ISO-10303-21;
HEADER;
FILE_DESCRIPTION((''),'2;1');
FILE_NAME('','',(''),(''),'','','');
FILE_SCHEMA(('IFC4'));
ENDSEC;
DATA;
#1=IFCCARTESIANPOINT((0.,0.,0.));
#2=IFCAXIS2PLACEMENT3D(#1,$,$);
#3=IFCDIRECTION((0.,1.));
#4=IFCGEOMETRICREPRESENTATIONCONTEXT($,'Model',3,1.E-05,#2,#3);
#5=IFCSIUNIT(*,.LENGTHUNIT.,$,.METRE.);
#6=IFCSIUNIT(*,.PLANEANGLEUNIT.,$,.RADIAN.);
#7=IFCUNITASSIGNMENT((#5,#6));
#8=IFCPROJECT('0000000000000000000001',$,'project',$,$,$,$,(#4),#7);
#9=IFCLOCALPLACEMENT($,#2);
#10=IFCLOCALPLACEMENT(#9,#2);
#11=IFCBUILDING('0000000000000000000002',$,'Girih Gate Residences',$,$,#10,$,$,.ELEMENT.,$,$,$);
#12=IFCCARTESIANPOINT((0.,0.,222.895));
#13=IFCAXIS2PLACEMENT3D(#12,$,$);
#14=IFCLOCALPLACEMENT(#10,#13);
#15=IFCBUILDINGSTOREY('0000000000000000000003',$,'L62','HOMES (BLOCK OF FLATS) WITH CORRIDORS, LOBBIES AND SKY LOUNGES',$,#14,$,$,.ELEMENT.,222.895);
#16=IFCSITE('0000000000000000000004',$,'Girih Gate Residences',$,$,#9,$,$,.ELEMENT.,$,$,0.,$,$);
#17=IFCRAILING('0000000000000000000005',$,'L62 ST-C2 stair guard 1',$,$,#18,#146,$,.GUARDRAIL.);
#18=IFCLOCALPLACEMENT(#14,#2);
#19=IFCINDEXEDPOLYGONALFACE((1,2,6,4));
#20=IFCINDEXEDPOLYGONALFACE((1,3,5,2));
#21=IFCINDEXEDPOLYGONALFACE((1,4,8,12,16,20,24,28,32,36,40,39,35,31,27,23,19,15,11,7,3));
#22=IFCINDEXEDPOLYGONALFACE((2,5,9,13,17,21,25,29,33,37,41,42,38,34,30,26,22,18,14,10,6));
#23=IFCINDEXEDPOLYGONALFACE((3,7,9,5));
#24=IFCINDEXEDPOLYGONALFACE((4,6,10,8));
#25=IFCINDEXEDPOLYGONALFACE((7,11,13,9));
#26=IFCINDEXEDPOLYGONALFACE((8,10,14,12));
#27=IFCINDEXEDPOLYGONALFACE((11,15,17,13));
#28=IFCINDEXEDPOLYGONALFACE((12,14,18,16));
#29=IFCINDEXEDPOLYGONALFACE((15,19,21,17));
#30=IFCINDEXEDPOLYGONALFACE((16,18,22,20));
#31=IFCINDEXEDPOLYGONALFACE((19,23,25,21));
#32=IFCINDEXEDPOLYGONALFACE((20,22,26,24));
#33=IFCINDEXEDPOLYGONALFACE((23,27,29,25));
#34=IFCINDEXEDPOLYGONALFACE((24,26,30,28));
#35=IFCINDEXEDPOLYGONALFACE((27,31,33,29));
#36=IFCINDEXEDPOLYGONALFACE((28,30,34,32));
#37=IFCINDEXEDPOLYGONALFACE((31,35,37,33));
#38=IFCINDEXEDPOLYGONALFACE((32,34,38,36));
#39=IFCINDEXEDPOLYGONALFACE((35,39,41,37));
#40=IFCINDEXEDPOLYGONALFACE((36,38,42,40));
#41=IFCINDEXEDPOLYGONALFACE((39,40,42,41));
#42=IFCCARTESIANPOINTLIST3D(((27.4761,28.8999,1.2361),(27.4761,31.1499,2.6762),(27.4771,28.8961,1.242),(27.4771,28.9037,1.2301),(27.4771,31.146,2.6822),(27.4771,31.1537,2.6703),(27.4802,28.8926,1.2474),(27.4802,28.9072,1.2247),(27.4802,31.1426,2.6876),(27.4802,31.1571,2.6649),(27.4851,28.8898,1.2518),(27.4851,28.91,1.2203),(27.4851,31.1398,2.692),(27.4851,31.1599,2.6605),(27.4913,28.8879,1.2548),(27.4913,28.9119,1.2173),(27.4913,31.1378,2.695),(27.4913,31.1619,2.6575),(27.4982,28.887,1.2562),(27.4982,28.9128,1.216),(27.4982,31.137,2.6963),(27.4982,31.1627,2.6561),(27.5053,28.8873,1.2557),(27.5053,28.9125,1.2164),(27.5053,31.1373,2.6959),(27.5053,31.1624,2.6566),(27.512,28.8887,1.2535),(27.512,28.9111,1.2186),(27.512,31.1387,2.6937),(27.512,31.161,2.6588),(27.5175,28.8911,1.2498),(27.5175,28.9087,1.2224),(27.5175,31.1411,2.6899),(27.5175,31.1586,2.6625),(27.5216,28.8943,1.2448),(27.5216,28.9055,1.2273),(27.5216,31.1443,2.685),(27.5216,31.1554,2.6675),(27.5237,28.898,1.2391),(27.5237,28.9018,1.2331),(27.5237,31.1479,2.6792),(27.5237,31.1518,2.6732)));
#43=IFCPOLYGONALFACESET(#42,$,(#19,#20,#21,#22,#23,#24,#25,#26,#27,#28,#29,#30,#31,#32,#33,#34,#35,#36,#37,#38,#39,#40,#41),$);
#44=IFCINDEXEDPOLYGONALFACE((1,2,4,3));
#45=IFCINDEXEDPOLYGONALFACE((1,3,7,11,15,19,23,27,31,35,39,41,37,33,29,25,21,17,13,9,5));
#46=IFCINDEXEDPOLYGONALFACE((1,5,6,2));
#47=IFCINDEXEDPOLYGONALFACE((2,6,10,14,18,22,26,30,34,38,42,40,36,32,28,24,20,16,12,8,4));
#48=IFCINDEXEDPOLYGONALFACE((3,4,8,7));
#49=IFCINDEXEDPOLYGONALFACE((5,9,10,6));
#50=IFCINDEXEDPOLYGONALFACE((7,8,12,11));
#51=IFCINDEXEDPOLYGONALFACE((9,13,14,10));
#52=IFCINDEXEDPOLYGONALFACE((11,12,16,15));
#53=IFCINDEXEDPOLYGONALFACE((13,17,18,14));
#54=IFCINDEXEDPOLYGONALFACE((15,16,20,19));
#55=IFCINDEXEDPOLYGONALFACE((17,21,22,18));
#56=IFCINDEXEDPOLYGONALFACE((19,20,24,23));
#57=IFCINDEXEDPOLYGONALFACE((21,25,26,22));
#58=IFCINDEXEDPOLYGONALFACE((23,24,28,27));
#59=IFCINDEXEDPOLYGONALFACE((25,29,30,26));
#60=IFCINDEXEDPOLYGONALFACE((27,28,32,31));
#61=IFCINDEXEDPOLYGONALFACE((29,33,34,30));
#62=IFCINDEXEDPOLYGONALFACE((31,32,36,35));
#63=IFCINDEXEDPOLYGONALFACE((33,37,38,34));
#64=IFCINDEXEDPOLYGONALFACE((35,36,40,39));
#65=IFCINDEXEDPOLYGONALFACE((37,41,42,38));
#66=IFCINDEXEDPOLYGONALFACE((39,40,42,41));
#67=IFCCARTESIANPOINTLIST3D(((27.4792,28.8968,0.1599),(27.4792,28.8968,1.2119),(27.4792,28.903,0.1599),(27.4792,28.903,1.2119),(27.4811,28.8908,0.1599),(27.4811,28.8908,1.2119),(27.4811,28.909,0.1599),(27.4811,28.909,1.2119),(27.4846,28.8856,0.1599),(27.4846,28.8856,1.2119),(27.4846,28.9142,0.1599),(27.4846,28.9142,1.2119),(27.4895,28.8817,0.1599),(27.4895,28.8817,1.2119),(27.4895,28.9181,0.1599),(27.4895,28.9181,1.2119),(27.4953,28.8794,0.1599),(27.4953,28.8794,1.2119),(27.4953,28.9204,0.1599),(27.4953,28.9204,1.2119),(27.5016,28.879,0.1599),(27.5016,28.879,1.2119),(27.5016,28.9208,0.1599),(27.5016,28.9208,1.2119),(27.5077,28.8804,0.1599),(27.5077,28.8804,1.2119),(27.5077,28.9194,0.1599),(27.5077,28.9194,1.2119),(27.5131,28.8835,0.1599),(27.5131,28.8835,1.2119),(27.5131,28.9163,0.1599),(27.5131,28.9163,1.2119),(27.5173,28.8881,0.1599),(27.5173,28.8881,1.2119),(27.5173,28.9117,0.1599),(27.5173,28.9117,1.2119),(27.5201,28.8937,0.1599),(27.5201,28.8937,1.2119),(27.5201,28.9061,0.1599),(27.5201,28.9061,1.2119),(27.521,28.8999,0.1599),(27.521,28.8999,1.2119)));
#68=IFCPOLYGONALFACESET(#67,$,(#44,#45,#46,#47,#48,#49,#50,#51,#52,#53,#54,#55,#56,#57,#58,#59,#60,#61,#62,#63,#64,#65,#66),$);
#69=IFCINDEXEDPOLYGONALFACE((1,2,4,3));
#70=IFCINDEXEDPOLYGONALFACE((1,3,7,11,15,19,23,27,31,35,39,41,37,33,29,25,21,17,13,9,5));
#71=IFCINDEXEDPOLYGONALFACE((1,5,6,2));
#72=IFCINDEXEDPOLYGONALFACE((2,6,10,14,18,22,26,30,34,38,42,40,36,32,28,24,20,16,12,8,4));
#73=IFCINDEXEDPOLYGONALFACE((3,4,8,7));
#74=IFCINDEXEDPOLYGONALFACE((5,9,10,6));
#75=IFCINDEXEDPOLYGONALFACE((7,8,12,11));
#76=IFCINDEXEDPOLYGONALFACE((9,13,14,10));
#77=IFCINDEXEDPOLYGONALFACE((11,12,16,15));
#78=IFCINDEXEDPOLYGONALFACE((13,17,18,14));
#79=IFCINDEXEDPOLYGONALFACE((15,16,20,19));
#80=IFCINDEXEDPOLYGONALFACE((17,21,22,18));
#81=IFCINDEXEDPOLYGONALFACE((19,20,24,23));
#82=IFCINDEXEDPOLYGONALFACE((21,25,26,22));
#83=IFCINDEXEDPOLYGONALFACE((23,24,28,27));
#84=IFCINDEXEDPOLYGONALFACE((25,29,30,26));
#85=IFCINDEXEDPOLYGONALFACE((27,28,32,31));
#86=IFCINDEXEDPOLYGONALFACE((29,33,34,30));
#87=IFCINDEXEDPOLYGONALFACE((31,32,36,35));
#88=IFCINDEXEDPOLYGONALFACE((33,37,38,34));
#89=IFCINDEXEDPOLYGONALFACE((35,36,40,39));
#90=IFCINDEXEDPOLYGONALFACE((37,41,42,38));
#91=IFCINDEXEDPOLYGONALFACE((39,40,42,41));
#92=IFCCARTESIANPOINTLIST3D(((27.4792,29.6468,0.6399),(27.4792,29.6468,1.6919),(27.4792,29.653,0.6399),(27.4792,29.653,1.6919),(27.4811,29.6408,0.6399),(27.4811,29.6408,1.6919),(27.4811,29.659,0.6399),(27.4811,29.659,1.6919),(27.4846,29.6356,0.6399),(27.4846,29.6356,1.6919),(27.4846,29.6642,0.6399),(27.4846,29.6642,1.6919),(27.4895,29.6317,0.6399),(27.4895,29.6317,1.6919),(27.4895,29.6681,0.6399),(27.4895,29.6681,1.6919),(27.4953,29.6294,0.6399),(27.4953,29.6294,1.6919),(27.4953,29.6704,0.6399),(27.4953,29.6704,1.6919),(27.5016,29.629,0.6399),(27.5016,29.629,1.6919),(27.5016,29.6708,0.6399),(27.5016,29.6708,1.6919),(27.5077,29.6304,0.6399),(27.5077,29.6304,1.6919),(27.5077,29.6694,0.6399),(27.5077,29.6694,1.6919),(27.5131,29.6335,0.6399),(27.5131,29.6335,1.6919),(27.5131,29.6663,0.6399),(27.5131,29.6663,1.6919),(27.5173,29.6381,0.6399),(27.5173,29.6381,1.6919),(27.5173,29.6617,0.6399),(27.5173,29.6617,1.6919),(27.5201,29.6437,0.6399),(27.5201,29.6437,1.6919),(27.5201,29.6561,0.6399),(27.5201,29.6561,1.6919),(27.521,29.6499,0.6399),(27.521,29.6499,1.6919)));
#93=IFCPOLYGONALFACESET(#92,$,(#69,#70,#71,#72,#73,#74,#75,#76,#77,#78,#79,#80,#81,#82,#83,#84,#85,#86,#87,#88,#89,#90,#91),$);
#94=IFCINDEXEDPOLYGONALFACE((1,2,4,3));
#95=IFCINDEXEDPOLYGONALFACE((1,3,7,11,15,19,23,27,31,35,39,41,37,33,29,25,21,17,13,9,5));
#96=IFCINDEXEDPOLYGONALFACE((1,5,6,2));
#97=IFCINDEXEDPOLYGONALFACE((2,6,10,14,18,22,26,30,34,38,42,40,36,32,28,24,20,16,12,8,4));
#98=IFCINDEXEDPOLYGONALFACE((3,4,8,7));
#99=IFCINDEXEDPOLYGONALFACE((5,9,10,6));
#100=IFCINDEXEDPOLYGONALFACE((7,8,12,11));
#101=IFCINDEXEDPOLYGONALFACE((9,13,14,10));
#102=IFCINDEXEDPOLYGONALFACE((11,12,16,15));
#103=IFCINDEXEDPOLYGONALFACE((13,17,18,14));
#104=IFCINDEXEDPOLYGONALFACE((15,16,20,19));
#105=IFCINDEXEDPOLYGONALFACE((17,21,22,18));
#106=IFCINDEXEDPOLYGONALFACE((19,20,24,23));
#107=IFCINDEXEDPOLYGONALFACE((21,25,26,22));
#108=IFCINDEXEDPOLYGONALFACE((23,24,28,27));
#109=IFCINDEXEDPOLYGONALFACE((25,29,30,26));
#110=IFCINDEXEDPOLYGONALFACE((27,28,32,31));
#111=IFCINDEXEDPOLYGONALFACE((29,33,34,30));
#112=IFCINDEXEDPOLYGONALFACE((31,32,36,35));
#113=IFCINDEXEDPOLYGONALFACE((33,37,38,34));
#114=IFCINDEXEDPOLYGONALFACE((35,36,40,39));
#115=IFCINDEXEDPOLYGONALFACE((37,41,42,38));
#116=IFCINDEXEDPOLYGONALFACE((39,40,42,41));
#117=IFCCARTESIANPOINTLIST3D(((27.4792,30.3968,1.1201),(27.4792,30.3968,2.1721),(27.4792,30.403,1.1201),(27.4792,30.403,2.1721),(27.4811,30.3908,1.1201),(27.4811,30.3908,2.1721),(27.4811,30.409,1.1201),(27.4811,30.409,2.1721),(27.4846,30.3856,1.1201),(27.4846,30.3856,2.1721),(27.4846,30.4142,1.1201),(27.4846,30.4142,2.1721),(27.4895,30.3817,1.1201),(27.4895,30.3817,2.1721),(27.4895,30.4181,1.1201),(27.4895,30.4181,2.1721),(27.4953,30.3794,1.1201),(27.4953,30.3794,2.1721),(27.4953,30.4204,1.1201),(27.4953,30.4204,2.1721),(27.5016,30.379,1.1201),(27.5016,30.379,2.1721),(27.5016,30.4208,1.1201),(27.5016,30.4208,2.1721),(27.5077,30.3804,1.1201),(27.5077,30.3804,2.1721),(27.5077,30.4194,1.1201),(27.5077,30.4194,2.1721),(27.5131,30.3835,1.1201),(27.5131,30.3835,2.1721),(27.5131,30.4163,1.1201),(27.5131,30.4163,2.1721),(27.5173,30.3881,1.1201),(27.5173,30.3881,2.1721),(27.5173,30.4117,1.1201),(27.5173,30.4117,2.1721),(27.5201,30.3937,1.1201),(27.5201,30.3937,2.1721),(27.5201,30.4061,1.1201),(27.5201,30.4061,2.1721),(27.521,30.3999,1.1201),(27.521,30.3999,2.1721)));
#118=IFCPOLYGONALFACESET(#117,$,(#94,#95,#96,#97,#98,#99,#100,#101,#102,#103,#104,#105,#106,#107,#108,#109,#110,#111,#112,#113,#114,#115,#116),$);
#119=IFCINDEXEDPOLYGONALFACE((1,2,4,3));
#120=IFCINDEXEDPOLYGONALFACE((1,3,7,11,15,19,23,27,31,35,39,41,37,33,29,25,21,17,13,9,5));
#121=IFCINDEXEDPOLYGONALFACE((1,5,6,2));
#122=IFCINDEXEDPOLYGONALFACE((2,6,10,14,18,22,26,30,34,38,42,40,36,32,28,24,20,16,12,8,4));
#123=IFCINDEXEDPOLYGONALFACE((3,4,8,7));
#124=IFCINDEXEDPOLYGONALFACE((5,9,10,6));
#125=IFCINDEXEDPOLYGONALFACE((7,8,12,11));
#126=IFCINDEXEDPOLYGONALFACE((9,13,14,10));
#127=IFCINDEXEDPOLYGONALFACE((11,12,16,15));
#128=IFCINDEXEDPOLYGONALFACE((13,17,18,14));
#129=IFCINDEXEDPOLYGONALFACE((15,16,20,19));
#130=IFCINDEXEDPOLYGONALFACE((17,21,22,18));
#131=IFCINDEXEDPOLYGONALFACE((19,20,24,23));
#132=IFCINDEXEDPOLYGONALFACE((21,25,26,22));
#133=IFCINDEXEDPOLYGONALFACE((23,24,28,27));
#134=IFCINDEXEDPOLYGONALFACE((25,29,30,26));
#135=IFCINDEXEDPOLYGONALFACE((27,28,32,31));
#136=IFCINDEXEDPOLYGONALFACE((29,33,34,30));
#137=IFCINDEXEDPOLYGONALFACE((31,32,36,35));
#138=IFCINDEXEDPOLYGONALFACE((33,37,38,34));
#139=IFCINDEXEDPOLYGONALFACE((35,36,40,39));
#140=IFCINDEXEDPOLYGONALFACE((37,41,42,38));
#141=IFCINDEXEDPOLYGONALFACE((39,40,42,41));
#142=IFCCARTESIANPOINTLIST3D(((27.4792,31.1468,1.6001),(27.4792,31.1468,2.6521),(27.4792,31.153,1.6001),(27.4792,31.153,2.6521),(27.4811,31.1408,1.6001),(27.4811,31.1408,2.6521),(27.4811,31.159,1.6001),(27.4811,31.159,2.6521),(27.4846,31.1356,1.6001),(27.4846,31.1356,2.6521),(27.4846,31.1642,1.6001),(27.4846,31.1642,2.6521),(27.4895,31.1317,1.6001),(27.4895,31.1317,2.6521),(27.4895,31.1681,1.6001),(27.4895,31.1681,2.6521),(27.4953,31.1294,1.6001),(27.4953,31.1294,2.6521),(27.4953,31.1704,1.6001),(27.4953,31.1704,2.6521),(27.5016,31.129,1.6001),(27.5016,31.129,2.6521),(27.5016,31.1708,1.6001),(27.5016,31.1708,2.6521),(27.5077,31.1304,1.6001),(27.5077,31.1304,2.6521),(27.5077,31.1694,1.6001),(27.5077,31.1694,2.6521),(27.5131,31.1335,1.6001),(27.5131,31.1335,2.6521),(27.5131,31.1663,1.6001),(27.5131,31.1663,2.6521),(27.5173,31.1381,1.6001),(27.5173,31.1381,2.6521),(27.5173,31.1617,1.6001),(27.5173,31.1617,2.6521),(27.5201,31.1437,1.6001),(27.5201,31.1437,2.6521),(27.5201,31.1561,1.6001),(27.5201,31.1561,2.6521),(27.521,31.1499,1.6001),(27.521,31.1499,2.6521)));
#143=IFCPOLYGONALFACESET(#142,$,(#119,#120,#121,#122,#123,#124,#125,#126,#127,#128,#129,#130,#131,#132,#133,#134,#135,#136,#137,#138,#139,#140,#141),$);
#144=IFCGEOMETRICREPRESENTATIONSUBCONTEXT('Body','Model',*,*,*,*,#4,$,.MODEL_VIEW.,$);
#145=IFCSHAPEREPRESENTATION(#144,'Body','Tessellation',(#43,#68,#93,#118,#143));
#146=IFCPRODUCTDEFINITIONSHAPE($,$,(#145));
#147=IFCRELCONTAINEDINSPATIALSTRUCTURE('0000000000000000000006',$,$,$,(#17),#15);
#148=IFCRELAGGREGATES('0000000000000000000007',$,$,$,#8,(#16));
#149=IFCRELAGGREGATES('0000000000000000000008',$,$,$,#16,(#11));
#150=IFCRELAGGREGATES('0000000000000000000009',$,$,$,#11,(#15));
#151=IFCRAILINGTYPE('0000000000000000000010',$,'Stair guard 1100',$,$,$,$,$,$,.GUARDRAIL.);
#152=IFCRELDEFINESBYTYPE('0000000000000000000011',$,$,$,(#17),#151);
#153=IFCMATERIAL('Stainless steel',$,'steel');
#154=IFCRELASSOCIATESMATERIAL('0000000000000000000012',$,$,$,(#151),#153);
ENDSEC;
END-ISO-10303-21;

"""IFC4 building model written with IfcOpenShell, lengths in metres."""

from ifc_helpers import new_model, si_unit, direction, frame, origin, origin_2d, place, context, subcontext, project, spatial, circle, extrude, material, type_object, element, save


model = new_model("IFC4")

# Units and contexts
model_context = context("Model", 3, precision=1e-05, world=origin(), true_north=direction((0.0, 1.0)))
body_context = subcontext(model_context, "Body", "Model", "MODEL_VIEW")
ifc_project = project(units=[si_unit("LENGTHUNIT", "METRE"), si_unit("PLANEANGLEUNIT", "RADIAN")], contexts=[model_context])

# Site, building, storey
site_placement = place(None, origin())
site = spatial("IfcSite", under=ifc_project, at=site_placement, Name="Girih Gate Residences", CompositionType="ELEMENT", RefElevation=0.0)
building_placement = place(site_placement, origin())
building = spatial("IfcBuilding", under=site, at=building_placement, Name="Girih Gate Residences", CompositionType="ELEMENT")
storey_placement = place(building_placement, frame((0.0, 0.0, 222.895)))
storey = spatial("IfcBuildingStorey", under=building, at=storey_placement, Name="L62", Description="HOMES (BLOCK OF FLATS) WITH CORRIDORS, LOBBIES AND SKY LOUNGES", CompositionType="ELEMENT", Elevation=222.895)

# Railing
ifc_material_1 = material(Name="Stainless steel", Category="steel")
railing_type_1 = type_object("IfcRailingType", Name="Stair guard 1100", PredefinedType="GUARDRAIL", material=ifc_material_1)
railing_1_placement = place(storey_placement, frame((27.5, 28.8999, 0.1599)))
element("IfcRailing", 1, at=railing_1_placement, inside=storey, type_object=railing_type_1, Name="L62 ST-C2 stair guard 1", PredefinedType="GUARDRAIL", context=body_context, shape_type="SweptSolid", body=[
    extrude(circle(Radius=0.0239, at=origin_2d()), frame((0.0, 0.0, 1.0762), z_axis=(0.0, 0.84224, 0.539103), x_axis=(-1.0, 0.0, 0.0)), (0.0, 0.0, 1.0), 2.6714),
    extrude(circle(Radius=0.021, at=origin_2d()), origin(), (0.0, 0.0, 1.0), 1.052),
    extrude(circle(Radius=0.021, at=origin_2d()), frame((0.0, 0.75, 0.48)), (0.0, 0.0, 1.0), 1.052),
    extrude(circle(Radius=0.021, at=origin_2d()), frame((0.0, 1.5, 0.9602)), (0.0, 0.0, 1.0), 1.052),
    extrude(circle(Radius=0.021, at=origin_2d()), frame((0.0, 2.25, 1.4402)), (0.0, 0.0, 1.0), 1.052),
])

save(model, "model.ifc")
